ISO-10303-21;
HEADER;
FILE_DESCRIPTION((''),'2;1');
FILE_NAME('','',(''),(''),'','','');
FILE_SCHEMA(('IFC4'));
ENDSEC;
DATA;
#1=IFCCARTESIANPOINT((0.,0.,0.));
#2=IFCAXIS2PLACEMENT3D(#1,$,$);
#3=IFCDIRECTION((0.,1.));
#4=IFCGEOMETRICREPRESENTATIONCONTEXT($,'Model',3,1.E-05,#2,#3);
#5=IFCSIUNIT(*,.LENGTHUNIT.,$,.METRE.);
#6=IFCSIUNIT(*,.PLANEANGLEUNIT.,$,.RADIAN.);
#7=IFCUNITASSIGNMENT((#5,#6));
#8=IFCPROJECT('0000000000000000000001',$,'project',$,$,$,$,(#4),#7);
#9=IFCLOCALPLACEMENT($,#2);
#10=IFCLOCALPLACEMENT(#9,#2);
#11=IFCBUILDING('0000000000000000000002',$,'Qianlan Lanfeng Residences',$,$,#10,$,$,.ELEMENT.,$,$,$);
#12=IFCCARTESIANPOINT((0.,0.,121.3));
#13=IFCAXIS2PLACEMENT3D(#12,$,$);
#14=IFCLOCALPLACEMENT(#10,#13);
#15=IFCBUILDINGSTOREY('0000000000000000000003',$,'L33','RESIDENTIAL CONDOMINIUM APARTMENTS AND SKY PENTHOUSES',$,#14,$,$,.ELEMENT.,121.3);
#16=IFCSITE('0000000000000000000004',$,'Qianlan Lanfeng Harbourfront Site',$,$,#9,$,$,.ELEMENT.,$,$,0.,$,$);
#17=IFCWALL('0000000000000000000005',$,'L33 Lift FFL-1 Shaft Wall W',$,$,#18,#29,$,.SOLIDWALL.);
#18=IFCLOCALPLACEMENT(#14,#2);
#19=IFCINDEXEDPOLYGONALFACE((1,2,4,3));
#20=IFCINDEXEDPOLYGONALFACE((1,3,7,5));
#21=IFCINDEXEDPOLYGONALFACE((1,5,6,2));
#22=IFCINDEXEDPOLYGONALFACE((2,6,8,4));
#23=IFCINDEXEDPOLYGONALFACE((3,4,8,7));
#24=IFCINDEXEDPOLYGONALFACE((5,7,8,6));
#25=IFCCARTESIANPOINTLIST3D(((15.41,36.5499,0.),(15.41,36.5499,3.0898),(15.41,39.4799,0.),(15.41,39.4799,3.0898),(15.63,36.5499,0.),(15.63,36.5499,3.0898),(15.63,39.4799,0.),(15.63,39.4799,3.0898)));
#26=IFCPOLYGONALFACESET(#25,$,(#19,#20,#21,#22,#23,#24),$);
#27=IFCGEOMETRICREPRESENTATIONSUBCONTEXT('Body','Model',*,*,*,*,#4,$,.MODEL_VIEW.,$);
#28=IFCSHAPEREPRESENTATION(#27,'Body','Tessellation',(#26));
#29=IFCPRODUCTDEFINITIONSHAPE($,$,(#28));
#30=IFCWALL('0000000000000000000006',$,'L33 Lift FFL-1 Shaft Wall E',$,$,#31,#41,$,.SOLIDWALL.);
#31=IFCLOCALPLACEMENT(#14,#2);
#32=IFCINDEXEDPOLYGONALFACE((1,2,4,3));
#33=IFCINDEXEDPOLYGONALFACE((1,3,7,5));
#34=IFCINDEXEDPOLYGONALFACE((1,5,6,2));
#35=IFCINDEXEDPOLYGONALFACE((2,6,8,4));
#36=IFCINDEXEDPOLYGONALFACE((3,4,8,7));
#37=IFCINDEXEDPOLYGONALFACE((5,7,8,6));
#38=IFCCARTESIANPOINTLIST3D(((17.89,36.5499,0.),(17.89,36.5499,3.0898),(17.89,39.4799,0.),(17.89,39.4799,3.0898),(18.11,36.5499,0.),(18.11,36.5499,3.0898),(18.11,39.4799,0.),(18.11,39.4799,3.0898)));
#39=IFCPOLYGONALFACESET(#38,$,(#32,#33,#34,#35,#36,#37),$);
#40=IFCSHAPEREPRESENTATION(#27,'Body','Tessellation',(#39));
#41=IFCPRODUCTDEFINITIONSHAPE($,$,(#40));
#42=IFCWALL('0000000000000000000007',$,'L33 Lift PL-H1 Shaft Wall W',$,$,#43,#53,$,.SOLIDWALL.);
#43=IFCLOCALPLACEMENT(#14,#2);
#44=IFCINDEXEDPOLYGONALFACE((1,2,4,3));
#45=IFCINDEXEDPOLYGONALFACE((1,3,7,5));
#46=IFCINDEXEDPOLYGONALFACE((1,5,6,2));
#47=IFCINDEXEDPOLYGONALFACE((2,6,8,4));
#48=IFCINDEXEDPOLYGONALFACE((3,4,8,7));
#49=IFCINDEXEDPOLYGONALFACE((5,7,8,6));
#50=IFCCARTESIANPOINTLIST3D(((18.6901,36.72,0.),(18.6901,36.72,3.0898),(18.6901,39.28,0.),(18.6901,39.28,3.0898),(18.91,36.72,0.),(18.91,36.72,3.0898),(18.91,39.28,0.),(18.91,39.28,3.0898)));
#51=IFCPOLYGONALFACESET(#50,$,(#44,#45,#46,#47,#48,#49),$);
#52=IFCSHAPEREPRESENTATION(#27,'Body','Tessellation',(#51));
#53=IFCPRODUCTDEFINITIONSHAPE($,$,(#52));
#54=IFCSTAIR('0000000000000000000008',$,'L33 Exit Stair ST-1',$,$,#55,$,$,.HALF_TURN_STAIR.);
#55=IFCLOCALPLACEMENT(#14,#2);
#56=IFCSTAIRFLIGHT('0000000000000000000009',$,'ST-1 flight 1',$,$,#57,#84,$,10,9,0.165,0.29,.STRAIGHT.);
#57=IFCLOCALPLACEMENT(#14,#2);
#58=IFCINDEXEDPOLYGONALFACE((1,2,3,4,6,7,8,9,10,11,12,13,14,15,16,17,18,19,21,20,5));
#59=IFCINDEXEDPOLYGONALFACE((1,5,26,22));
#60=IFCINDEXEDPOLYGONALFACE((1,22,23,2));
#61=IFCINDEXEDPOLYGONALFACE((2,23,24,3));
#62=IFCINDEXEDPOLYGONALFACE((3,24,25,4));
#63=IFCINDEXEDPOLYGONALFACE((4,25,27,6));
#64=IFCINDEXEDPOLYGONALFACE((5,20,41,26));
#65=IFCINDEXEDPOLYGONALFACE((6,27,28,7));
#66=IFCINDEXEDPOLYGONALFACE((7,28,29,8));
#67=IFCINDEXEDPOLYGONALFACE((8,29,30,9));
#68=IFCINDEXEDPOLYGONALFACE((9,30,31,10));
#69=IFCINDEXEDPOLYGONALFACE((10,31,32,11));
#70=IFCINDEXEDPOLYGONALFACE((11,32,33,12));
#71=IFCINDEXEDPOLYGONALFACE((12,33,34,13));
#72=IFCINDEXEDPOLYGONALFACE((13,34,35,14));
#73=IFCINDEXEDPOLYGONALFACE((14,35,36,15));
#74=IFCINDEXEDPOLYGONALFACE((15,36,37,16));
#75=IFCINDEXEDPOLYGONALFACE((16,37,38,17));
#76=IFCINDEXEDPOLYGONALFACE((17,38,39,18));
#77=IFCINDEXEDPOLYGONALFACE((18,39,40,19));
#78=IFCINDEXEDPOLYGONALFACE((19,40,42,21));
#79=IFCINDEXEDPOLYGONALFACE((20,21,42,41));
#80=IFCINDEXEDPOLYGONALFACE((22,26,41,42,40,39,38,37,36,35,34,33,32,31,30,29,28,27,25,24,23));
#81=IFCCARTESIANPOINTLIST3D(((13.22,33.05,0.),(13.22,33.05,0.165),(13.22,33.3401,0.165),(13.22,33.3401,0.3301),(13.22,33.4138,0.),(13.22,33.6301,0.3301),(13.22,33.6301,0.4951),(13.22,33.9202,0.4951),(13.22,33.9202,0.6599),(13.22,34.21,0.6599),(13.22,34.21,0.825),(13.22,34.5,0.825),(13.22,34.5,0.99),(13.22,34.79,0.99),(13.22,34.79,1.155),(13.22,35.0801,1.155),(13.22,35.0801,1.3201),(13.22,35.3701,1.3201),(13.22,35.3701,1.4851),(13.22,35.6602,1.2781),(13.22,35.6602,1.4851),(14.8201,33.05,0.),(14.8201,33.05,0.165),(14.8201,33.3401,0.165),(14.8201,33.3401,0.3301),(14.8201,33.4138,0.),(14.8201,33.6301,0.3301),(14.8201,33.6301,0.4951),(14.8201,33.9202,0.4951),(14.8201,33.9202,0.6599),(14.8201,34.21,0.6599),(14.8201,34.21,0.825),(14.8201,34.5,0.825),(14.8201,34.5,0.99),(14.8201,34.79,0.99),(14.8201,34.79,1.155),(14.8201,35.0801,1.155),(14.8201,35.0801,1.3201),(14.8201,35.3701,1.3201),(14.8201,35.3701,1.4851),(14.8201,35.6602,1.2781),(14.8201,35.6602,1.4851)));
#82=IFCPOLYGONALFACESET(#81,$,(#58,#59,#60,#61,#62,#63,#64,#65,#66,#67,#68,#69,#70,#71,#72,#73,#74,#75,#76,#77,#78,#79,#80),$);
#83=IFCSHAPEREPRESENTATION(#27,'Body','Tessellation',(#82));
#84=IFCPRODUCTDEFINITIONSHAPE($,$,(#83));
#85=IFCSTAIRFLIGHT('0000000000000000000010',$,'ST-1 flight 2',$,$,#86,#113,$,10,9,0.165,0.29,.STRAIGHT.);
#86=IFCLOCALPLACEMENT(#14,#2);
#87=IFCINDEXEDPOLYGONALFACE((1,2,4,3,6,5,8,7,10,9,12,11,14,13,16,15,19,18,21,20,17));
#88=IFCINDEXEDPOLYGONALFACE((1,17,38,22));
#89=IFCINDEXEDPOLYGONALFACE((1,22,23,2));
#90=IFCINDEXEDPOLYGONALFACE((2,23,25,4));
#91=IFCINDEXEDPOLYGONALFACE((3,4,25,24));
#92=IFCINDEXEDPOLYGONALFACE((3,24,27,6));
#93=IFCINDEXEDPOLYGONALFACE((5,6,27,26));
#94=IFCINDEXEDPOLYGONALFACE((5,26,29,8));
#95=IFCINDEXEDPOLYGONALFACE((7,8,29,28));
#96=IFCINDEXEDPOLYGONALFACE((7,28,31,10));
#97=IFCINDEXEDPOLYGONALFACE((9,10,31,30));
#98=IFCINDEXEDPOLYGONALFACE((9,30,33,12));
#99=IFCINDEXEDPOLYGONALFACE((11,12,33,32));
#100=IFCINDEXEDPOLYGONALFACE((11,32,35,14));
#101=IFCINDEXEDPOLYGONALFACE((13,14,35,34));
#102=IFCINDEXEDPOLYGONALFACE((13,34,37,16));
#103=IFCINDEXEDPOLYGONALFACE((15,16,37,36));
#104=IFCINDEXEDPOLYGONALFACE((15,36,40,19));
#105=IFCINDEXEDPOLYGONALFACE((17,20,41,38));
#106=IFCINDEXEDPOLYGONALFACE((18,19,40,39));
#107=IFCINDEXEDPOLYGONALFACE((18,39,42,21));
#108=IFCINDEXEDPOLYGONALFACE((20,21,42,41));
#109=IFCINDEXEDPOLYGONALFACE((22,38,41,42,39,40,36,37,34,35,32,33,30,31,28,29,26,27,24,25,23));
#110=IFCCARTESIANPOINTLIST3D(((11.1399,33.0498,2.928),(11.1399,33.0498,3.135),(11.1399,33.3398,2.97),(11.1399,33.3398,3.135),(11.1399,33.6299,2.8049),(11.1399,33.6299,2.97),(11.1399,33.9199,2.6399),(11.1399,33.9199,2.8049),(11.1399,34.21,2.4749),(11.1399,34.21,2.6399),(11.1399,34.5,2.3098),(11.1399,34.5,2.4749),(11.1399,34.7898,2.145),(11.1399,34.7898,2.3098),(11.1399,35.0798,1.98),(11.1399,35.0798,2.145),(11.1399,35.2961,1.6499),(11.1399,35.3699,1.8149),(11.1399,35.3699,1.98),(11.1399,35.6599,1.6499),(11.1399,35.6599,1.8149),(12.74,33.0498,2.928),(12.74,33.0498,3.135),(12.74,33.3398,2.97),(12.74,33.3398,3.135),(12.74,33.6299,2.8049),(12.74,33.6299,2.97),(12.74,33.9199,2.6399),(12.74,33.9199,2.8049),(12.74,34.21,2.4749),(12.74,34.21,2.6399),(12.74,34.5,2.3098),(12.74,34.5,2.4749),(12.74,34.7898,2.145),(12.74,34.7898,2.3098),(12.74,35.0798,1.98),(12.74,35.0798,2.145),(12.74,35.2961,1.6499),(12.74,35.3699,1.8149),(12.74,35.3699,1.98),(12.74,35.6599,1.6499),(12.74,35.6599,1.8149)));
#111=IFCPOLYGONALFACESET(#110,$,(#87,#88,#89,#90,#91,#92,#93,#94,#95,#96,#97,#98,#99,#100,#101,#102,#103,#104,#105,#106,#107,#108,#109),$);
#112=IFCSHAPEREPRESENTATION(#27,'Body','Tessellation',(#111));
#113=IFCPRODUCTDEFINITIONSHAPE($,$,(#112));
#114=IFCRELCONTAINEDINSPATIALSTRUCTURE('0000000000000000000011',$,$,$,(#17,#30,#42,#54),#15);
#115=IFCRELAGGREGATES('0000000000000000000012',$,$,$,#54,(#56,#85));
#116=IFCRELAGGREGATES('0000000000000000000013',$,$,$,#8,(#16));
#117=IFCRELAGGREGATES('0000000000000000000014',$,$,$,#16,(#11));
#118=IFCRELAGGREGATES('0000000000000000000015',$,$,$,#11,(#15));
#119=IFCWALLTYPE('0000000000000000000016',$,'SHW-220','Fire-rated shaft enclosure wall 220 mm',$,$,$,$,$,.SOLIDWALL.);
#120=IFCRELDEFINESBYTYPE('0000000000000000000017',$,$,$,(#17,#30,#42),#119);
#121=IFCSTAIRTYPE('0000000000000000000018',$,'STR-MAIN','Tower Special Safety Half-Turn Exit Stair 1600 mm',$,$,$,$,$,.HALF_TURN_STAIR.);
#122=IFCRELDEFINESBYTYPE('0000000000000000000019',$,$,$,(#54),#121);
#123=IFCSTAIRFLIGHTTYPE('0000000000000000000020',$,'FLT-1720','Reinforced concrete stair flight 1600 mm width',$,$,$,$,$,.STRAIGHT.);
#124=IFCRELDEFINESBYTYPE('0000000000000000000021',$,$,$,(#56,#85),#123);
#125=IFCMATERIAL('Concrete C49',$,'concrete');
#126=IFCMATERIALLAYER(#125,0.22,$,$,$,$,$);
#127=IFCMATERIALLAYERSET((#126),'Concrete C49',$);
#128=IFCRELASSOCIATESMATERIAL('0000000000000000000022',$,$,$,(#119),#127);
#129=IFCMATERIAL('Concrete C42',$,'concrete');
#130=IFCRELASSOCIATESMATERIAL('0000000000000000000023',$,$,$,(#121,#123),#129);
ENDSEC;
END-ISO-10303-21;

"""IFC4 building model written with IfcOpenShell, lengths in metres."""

from ifc_helpers import new_model, si_unit, direction, frame, frame_2d, origin, place, context, subcontext, project, spatial, polyline, rectangle, outline, extrude, material, layer, layer_set, type_object, element, aggregate, save


model = new_model("IFC4")

# Units and contexts
model_context = context("Model", 3, precision=1e-05, world=origin(), true_north=direction((0.0, 1.0)))
body_context = subcontext(model_context, "Body", "Model", "MODEL_VIEW")
ifc_project = project(units=[si_unit("LENGTHUNIT", "METRE"), si_unit("PLANEANGLEUNIT", "RADIAN")], contexts=[model_context])

# Site, building, storey
site_placement = place(None, origin())
site = spatial("IfcSite", under=ifc_project, at=site_placement, Name="Qianlan Lanfeng Harbourfront Site", CompositionType="ELEMENT", RefElevation=0.0)
building_placement = place(site_placement, origin())
building = spatial("IfcBuilding", under=site, at=building_placement, Name="Qianlan Lanfeng Residences", CompositionType="ELEMENT")
storey_placement = place(building_placement, frame((0.0, 0.0, 121.3)))
storey = spatial("IfcBuildingStorey", under=building, at=storey_placement, Name="L33", Description="RESIDENTIAL CONDOMINIUM APARTMENTS AND SKY PENTHOUSES", CompositionType="ELEMENT", Elevation=121.3)

# Walls
ifc_material_1 = material(Name="Concrete C49", Category="concrete")
ifc_layer_1 = layer(ifc_material_1, 0.22)
ifc_layer_set_1 = layer_set([ifc_layer_1], Name="Concrete C49")
wall_type_1 = type_object("IfcWallType", Name="SHW-220", Description="Fire-rated shaft enclosure wall 220 mm", PredefinedType="SOLIDWALL", material=ifc_layer_set_1)
for number, where, z_axis, x_axis, name in (
    (1, (15.52, 36.55, 0.0), (0.0, 0.0, 1.0), (0.0, 1.0, 0.0), "L33 Lift FFL-1 Shaft Wall W"),
    (2, (18.0, 36.55, 0.0), (0.0, 0.0, 1.0), (0.0, 1.0, 0.0), "L33 Lift FFL-1 Shaft Wall E"),
):
    element("IfcWall", number, at=place(storey_placement, frame(where, z_axis=z_axis, x_axis=x_axis)), inside=storey, type_object=wall_type_1, Name=name, PredefinedType="SOLIDWALL", context=body_context, shape_type="SweptSolid", body=[
        extrude(rectangle(XDim=2.9299, YDim=0.22, at=frame_2d((1.4648, 0.0))), origin(), (0.0, 0.0, 1.0), 3.0898),
    ])
wall_1_placement = place(storey_placement, frame((18.8, 36.72, 0.0), z_axis=(0.0, 0.0, 1.0), x_axis=(0.0, 1.0, 0.0)))
element("IfcWall", 3, at=wall_1_placement, inside=storey, type_object=wall_type_1, Name="L33 Lift PL-H1 Shaft Wall W", PredefinedType="SOLIDWALL", context=body_context, shape_type="SweptSolid", body=[
    extrude(rectangle(XDim=2.5601, YDim=0.22, at=frame_2d((1.28, 0.0))), origin(), (0.0, 0.0, 1.0), 3.0898),
])

# Stair, stair flights
ifc_material_2 = material(Name="Concrete C42", Category="concrete")
stair_type = type_object("IfcStairType", Name="STR-MAIN", Description="Tower Special Safety Half-Turn Exit Stair 1600 mm", PredefinedType="HALF_TURN_STAIR", material=ifc_material_2)
stair_placement = place(storey_placement, origin())
stair = element("IfcStair", 4, at=stair_placement, inside=storey, type_object=stair_type, Name="L33 Exit Stair ST-1", PredefinedType="HALF_TURN_STAIR")
stair_flight_type = type_object("IfcStairFlightType", Name="FLT-1720", Description="Reinforced concrete stair flight 1600 mm width", PredefinedType="STRAIGHT", material=ifc_material_2)
stair_flight_1_placement = place(storey_placement, frame((14.02, 33.05, 0.0), z_axis=(0.0, 0.0, 1.0), x_axis=(0.0, 1.0, 0.0)))
stair_flight_1 = element("IfcStairFlight", 5, at=stair_flight_1_placement, type_object=stair_flight_type, Name="ST-1 flight 1", NumberOfRisers=10, NumberOfTreads=9, PredefinedType="STRAIGHT", RiserHeight=0.165, TreadLength=0.29, context=body_context, shape_type="SweptSolid", body=[
    extrude(outline(polyline([(0.0, 0.0), (0.0, 0.165), (0.29, 0.165), (0.29, 0.3301), (0.5801, 0.3301), (0.5801, 0.4951), (0.8701, 0.4951), (0.8701, 0.6599), (1.1599, 0.6599), (1.1599, 0.825), (1.45, 0.825), (1.45, 0.99), (1.74, 0.99), (1.74, 1.155), (2.03, 1.155), (2.03, 1.3201), (2.3201, 1.3201), (2.3201, 1.4851), (2.6101, 1.4851), (2.6101, 1.6499), (2.6101, 1.2781), (0.3638, 0.0), (0.0, 0.0)])), frame((0.0, 0.8, 0.0), z_axis=(0.0, -1.0, 0.0), x_axis=(1.0, 0.0, 0.0)), (0.0, 0.0, 1.0), 1.6001),
])
stair_flight_2_placement = place(storey_placement, frame((11.9399, 35.6599, 1.6499), z_axis=(0.0, 0.0, 1.0), x_axis=(0.0, -1.0, 0.0)))
stair_flight_2 = element("IfcStairFlight", 6, at=stair_flight_2_placement, type_object=stair_flight_type, Name="ST-1 flight 2", NumberOfRisers=10, NumberOfTreads=9, PredefinedType="STRAIGHT", RiserHeight=0.165, TreadLength=0.29, context=body_context, shape_type="SweptSolid", body=[
    extrude(outline(polyline([(0.0, 0.0), (0.0, 0.165), (0.29, 0.165), (0.29, 0.3301), (0.5801, 0.3301), (0.5801, 0.4951), (0.8701, 0.4951), (0.8701, 0.6599), (1.1599, 0.6599), (1.1599, 0.825), (1.45, 0.825), (1.45, 0.99), (1.74, 0.99), (1.74, 1.155), (2.03, 1.155), (2.03, 1.3201), (2.3201, 1.3201), (2.3201, 1.4851), (2.6101, 1.4851), (2.6101, 1.6499), (2.6101, 1.2781), (0.3638, 0.0), (0.0, 0.0)])), frame((0.0, 0.8, 0.0), z_axis=(0.0, -1.0, 0.0), x_axis=(1.0, 0.0, 0.0)), (0.0, 0.0, 1.0), 1.6001),
])
aggregate(stair, [stair_flight_1, stair_flight_2])

save(model, "model.ifc")
